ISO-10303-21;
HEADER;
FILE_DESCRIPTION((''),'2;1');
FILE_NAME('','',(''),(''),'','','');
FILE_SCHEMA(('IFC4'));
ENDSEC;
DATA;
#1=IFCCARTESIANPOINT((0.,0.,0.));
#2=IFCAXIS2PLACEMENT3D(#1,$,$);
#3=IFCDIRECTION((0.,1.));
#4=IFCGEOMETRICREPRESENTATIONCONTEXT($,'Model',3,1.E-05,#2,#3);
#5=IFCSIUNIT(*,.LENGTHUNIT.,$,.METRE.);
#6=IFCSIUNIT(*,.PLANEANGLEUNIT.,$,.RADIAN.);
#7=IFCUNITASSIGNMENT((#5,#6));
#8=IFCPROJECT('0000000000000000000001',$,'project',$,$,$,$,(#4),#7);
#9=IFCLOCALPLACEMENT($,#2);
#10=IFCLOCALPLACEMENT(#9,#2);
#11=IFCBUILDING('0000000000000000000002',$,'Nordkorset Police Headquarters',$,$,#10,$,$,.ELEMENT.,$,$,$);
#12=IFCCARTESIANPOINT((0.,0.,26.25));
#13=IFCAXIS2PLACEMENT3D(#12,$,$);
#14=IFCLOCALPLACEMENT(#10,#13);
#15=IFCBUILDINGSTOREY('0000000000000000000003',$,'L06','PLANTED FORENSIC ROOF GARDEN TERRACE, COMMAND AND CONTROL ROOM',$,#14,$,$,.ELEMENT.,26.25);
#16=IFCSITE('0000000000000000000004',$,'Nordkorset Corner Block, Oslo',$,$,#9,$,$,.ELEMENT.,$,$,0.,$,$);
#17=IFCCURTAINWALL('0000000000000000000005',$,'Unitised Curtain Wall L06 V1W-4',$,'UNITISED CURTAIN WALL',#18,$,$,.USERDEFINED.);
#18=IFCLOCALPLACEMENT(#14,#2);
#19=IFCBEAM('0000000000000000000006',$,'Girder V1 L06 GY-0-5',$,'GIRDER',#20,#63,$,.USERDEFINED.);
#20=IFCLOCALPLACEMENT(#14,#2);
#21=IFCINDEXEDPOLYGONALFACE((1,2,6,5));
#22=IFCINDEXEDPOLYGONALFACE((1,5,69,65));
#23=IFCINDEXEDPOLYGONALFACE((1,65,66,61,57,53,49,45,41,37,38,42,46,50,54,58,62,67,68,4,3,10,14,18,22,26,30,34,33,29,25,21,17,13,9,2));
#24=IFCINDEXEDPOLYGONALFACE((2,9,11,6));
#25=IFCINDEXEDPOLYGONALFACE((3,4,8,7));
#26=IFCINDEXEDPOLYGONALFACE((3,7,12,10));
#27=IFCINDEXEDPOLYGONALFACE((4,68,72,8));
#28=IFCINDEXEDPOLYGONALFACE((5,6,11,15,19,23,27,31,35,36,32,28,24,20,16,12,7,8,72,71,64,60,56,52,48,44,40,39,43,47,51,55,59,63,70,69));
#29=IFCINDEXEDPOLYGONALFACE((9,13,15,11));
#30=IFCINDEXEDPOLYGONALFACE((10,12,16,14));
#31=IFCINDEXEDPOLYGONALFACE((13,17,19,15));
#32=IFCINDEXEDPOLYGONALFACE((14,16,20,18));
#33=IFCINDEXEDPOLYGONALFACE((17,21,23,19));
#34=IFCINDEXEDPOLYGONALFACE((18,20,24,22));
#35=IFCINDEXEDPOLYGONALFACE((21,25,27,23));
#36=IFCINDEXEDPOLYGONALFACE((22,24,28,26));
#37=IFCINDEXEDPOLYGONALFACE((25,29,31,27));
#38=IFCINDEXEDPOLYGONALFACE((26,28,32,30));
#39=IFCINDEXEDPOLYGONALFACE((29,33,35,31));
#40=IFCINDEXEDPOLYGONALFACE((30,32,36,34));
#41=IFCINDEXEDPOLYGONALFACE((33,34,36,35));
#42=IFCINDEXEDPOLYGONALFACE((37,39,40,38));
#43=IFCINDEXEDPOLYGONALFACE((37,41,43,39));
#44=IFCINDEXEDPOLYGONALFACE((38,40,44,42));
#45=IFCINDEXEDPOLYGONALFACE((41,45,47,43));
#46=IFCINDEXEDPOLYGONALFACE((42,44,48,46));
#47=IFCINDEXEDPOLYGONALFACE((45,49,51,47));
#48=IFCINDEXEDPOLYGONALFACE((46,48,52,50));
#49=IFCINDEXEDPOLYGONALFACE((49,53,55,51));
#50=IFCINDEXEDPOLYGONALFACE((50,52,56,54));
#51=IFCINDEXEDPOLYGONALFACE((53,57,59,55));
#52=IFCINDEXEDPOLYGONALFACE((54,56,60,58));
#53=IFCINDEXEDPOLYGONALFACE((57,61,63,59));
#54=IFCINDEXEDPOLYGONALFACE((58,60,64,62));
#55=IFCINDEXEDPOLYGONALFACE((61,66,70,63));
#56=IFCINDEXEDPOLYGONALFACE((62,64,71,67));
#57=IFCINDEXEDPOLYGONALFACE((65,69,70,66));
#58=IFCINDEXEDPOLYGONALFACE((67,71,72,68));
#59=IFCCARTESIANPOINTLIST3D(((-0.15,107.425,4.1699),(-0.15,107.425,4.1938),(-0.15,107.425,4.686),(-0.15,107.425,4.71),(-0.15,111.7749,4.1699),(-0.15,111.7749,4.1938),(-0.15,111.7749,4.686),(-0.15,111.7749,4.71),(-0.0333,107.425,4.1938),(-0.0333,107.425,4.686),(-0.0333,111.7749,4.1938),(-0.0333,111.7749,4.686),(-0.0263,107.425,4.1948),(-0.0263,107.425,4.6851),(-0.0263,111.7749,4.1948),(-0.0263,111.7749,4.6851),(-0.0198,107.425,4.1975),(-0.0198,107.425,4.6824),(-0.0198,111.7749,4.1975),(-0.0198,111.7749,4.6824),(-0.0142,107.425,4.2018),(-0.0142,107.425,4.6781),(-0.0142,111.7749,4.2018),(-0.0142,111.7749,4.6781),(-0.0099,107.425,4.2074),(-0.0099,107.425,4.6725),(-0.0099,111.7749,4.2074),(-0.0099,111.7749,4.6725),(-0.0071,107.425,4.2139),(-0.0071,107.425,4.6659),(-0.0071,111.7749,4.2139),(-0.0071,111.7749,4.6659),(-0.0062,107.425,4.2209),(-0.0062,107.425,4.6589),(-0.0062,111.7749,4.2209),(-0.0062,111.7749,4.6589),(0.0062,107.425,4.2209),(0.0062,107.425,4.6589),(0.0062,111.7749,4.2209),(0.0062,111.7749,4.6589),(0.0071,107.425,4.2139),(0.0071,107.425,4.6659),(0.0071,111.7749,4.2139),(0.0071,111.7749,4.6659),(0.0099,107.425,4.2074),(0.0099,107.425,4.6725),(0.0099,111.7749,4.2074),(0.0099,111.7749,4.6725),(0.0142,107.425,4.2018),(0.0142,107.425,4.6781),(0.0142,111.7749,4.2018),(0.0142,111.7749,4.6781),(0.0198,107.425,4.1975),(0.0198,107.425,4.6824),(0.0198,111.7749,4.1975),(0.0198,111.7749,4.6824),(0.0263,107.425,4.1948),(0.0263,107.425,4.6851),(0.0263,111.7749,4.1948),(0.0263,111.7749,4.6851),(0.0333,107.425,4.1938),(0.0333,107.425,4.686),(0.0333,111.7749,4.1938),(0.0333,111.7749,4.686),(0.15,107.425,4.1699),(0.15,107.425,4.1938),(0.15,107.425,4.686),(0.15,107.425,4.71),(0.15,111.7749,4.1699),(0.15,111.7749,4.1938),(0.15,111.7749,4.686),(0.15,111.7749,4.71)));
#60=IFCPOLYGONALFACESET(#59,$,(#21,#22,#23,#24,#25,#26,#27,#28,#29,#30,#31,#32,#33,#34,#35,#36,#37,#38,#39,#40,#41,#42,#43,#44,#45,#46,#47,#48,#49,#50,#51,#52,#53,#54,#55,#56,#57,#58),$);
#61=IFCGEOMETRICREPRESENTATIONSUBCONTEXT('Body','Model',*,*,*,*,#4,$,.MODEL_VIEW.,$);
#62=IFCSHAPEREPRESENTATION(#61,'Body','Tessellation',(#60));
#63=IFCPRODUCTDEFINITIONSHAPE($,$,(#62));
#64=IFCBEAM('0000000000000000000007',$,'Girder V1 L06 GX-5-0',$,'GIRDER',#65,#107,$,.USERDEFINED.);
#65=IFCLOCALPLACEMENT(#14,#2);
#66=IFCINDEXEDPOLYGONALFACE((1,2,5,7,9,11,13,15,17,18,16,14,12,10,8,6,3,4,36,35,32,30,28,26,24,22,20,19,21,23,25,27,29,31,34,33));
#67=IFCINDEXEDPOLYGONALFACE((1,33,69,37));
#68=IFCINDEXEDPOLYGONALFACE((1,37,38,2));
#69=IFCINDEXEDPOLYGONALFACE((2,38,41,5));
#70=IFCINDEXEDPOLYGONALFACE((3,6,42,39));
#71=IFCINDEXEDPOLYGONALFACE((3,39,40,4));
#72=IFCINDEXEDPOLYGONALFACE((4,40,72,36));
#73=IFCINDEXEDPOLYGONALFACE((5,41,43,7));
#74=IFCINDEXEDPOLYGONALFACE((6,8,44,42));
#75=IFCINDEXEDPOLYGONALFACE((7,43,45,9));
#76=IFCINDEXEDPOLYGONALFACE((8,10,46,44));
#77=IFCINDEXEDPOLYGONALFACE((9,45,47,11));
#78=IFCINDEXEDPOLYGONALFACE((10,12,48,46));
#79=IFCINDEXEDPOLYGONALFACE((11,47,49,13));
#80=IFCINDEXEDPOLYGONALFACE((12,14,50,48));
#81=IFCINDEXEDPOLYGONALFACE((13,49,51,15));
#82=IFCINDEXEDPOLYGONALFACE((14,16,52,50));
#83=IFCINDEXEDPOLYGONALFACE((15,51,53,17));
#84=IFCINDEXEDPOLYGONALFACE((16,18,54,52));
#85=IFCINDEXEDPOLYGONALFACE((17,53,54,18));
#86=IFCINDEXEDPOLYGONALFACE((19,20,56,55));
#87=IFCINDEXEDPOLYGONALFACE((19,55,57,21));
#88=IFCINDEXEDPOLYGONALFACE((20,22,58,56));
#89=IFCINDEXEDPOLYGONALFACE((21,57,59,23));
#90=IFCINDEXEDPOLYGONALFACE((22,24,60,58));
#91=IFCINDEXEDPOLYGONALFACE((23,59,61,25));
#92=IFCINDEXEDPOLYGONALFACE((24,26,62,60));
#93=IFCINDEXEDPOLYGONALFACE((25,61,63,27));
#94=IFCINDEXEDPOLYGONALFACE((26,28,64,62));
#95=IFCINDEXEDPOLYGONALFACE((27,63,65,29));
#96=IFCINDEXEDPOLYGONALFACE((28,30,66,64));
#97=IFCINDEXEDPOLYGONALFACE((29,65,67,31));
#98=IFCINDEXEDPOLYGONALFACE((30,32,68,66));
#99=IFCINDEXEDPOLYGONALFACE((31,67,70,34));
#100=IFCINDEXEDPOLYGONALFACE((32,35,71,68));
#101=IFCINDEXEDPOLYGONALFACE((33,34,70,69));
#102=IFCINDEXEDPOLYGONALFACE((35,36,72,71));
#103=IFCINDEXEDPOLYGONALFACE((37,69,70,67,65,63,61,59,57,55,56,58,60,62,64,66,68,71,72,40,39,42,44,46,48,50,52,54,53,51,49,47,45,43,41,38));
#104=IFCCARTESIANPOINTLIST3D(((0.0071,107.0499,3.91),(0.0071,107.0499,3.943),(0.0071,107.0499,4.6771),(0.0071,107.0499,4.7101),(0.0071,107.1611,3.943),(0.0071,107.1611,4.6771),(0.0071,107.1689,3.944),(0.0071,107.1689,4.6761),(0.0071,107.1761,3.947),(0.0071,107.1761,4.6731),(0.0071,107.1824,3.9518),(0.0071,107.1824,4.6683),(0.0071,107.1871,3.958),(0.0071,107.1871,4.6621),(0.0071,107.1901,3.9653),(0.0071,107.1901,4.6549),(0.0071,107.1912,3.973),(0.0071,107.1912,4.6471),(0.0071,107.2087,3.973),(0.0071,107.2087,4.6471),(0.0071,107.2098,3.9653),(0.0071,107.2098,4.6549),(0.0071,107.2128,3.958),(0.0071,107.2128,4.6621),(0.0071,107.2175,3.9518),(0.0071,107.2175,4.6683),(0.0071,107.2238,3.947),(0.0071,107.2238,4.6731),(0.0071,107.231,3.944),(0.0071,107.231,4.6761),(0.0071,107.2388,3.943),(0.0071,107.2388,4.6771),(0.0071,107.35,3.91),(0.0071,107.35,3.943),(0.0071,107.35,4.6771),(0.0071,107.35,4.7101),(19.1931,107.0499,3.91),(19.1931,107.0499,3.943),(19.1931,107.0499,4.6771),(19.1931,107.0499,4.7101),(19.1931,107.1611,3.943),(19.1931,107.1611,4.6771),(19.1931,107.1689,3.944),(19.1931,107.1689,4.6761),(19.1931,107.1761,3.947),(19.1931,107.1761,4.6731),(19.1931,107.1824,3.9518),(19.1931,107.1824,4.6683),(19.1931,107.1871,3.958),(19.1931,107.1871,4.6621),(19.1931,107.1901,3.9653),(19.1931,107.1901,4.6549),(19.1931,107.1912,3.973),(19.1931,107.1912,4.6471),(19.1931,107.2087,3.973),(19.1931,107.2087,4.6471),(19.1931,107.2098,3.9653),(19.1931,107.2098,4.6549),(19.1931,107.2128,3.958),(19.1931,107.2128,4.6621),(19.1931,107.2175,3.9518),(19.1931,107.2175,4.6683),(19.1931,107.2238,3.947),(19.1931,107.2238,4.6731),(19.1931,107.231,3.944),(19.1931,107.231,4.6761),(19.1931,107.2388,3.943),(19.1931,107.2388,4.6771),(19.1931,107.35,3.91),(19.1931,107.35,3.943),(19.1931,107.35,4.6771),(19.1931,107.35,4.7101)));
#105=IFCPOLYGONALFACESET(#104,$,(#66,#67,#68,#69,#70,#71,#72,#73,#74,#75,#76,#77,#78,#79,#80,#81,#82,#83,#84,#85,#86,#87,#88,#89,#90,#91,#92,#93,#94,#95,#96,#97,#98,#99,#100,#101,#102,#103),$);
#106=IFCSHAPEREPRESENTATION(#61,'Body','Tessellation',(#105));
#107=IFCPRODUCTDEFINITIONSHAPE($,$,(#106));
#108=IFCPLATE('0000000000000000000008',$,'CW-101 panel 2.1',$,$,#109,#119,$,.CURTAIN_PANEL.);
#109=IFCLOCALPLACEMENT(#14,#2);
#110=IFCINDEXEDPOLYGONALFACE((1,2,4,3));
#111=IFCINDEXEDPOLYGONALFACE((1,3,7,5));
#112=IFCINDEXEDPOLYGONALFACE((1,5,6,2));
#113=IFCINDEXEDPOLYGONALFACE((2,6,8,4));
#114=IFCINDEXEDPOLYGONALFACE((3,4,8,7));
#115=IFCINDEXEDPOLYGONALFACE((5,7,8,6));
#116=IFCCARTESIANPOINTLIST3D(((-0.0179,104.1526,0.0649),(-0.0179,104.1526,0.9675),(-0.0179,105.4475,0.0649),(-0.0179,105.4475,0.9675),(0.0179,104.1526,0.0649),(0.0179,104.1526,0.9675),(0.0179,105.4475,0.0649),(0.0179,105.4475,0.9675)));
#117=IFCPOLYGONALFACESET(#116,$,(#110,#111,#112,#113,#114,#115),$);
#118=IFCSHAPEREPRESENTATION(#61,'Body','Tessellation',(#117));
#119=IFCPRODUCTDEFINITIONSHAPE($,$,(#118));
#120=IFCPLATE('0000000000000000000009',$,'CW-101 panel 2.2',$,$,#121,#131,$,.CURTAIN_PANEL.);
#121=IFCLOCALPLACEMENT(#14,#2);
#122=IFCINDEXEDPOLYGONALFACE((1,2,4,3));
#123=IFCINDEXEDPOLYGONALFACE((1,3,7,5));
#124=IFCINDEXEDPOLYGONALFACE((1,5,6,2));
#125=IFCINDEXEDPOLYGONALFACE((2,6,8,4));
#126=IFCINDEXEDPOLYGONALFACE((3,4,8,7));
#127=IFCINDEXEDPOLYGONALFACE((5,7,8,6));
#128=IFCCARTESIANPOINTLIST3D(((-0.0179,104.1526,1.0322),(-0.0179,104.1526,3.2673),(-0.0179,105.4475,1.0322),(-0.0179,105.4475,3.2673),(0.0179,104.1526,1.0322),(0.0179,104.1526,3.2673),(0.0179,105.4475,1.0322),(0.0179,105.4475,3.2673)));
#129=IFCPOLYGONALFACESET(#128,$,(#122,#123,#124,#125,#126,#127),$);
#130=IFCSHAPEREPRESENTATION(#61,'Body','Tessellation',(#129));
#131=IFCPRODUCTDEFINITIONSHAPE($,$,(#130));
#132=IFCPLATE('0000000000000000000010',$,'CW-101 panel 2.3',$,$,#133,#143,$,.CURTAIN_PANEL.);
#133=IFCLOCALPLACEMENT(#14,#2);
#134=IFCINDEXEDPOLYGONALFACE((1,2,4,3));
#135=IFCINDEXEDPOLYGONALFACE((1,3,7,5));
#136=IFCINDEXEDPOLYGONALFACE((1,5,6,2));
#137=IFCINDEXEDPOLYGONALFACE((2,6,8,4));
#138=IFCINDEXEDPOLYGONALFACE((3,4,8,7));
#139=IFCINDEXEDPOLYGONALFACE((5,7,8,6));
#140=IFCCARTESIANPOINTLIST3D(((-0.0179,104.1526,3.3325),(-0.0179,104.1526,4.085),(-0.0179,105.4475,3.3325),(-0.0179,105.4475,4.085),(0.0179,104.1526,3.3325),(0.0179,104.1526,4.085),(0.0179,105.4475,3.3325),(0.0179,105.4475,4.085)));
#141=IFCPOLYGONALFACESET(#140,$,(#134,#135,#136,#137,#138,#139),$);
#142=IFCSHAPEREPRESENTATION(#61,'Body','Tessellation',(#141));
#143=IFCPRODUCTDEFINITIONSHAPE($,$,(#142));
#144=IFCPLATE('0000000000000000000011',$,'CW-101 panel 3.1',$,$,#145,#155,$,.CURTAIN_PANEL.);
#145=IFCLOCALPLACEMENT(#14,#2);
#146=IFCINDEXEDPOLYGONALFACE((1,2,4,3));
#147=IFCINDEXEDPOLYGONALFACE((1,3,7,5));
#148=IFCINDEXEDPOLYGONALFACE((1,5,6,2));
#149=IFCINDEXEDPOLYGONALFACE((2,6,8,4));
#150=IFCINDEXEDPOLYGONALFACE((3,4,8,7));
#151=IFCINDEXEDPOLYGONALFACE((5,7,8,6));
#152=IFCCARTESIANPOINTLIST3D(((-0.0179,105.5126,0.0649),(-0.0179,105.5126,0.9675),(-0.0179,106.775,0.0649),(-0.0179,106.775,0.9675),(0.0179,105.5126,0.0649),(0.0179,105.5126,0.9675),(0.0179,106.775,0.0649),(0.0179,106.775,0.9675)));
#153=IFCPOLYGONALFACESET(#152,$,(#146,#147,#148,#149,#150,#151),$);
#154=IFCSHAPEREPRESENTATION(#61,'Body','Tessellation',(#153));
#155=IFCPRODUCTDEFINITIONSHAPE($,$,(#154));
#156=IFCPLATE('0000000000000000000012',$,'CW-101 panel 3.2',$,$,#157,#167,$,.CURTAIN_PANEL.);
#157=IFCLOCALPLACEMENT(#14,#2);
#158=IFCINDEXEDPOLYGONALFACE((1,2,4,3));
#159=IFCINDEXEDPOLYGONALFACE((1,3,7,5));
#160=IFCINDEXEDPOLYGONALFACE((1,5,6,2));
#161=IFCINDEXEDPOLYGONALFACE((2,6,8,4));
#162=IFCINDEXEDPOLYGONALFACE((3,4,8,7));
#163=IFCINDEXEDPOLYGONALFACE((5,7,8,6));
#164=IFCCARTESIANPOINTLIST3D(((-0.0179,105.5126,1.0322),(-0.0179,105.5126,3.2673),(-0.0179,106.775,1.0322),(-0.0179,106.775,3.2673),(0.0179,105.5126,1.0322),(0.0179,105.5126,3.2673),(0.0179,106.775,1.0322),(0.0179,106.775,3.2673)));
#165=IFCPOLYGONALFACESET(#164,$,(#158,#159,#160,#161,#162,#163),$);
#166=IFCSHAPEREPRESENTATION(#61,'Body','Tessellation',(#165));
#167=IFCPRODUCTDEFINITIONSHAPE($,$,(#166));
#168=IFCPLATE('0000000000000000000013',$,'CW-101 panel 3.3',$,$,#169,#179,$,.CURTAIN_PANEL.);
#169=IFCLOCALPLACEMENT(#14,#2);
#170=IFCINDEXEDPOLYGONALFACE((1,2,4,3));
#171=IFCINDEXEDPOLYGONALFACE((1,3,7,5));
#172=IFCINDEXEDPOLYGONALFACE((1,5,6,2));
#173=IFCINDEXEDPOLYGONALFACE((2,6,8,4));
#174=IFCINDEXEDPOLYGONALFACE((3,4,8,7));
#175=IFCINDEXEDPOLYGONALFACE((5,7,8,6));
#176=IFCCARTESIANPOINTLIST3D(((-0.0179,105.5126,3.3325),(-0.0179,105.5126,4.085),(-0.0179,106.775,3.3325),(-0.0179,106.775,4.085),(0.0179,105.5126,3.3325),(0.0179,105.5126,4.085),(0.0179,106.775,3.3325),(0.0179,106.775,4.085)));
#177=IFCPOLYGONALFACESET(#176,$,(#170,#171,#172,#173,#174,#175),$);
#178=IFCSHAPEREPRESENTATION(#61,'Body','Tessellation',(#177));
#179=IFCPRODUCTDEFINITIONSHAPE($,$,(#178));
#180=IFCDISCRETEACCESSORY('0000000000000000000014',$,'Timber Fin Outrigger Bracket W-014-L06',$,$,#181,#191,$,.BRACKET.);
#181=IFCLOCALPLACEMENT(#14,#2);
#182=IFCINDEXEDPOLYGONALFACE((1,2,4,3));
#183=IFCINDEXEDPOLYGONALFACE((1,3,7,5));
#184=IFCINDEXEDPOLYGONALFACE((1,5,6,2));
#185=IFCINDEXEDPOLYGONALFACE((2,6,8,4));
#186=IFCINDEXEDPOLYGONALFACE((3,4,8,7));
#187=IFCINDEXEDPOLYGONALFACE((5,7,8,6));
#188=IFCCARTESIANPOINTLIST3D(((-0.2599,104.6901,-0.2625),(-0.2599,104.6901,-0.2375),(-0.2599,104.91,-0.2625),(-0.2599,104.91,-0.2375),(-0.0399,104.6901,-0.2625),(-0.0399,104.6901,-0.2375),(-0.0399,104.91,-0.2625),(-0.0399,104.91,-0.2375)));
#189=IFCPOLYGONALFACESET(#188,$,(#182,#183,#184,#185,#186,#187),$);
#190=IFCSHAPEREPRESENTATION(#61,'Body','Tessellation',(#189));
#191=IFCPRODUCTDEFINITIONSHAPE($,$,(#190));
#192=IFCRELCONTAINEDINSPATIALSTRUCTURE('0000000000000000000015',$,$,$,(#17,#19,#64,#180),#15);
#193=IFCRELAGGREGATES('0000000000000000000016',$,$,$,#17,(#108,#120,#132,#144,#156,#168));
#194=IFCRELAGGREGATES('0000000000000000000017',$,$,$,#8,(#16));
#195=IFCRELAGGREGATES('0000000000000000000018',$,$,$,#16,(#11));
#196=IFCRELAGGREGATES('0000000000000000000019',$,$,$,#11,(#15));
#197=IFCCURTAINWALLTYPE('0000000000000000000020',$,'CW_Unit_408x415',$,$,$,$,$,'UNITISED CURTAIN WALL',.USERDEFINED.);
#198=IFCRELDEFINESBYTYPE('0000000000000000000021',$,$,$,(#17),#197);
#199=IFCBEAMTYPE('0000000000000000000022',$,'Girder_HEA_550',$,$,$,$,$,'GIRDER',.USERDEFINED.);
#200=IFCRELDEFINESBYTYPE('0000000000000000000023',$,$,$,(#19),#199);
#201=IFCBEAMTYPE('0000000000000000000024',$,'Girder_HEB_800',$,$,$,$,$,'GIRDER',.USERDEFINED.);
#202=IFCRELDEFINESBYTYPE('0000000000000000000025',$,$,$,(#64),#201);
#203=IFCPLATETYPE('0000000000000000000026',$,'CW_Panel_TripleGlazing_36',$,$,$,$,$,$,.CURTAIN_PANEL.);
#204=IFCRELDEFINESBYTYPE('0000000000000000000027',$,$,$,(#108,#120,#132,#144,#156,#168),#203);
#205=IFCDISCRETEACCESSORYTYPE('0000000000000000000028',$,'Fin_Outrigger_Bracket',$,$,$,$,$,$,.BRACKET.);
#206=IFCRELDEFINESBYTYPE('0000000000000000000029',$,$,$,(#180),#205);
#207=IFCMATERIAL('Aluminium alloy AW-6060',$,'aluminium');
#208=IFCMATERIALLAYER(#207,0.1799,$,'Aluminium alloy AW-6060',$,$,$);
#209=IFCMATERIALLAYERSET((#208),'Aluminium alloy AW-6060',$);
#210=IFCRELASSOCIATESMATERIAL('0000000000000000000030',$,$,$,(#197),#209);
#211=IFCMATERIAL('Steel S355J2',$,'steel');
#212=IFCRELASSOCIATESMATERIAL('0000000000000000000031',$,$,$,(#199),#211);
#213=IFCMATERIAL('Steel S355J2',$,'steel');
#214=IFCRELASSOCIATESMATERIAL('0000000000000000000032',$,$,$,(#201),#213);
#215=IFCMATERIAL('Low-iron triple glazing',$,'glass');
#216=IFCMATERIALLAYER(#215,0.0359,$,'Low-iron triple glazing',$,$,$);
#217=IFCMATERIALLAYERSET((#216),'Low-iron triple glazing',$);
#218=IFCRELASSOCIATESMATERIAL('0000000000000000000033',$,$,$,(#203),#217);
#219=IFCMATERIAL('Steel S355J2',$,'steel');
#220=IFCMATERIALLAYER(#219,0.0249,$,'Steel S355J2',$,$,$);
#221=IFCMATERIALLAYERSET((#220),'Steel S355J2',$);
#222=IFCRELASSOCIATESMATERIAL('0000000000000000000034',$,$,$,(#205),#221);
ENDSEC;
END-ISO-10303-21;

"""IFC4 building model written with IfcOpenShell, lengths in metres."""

from ifc_helpers import new_model, si_unit, direction, frame, origin, origin_2d, place, context, subcontext, project, spatial, rectangle, i_section, extrude, material, layer, layer_set, material_profile, profile_set, type_object, element, aggregate, save


model = new_model("IFC4")

# Units and contexts
model_context = context("Model", 3, precision=1e-05, world=origin(), true_north=direction((0.0, 1.0)))
body_context = subcontext(model_context, "Body", "Model", "MODEL_VIEW")
ifc_project = project(units=[si_unit("LENGTHUNIT", "METRE"), si_unit("PLANEANGLEUNIT", "RADIAN")], contexts=[model_context])

# Site, building, storey
site_placement = place(None, origin())
site = spatial("IfcSite", under=ifc_project, at=site_placement, Name="Nordkorset Corner Block, Oslo", CompositionType="ELEMENT", RefElevation=0.0)
building_placement = place(site_placement, origin())
building = spatial("IfcBuilding", under=site, at=building_placement, Name="Nordkorset Police Headquarters", CompositionType="ELEMENT")
storey_placement = place(building_placement, frame((0.0, 0.0, 26.25)))
storey = spatial("IfcBuildingStorey", under=building, at=storey_placement, Name="L06", Description="PLANTED FORENSIC ROOF GARDEN TERRACE, COMMAND AND CONTROL ROOM", CompositionType="ELEMENT", Elevation=26.25)

# Curtain wall
ifc_material_1 = material(Name="Aluminium alloy AW-6060", Category="aluminium")
ifc_layer_1 = layer(ifc_material_1, 0.1799, Name="Aluminium alloy AW-6060")
ifc_layer_set_1 = layer_set([ifc_layer_1], Name="Aluminium alloy AW-6060")
curtain_wall_type = type_object("IfcCurtainWallType", Name="CW_Unit_408x415", ElementType="UNITISED CURTAIN WALL", PredefinedType="USERDEFINED", material=ifc_layer_set_1)
curtain_wall_1_placement = place(storey_placement, origin())
curtain_wall_1 = element("IfcCurtainWall", 1, at=curtain_wall_1_placement, inside=storey, type_object=curtain_wall_type, Name="Unitised Curtain Wall L06 V1W-4", ObjectType="UNITISED CURTAIN WALL", PredefinedType="USERDEFINED")

# Beams
ifc_material_2 = material(Name="Steel S355J2", Category="steel")
ifc_material_profile_1 = material_profile(ifc_material_2, i_section(OverallWidth=0.3, OverallDepth=0.54, WebThickness=0.0125, FlangeThickness=0.0239, FilletRadius=0.0271, at=origin_2d()), Name="HEA 550")
ifc_profile_set_1 = profile_set([ifc_material_profile_1], Name="Steel S355J2")
beam_type_1 = type_object("IfcBeamType", Name="Girder_HEA_550", ElementType="GIRDER", PredefinedType="USERDEFINED", material=ifc_profile_set_1)
beam_1_placement = place(storey_placement, frame((0.0, 107.425, 4.4399), z_axis=(0.0, 1.0, 0.0), x_axis=(-1.0, 0.0, 0.0)))
element("IfcBeam", 2, at=beam_1_placement, inside=storey, type_object=beam_type_1, Name="Girder V1 L06 GY-0-5", ObjectType="GIRDER", PredefinedType="USERDEFINED", context=body_context, shape_type="SweptSolid", body=[
    extrude(i_section(OverallWidth=0.3, OverallDepth=0.54, WebThickness=0.0125, FlangeThickness=0.0239, FilletRadius=0.0271, at=origin_2d()), origin(), (0.0, 0.0, 1.0), 4.3499),
])
ifc_material_3 = material(Name="Steel S355J2", Category="steel")
ifc_material_profile_2 = material_profile(ifc_material_3, i_section(OverallWidth=0.3, OverallDepth=0.8, WebThickness=0.0176, FlangeThickness=0.033, FilletRadius=0.03, at=origin_2d()), Name="HEB 800")
ifc_profile_set_2 = profile_set([ifc_material_profile_2], Name="Steel S355J2")
beam_type_2 = type_object("IfcBeamType", Name="Girder_HEB_800", ElementType="GIRDER", PredefinedType="USERDEFINED", material=ifc_profile_set_2)
beam_2_placement = place(storey_placement, frame((0.0071, 107.2, 4.3101), z_axis=(1.0, 0.0, 0.0), x_axis=(0.0, 1.0, 0.0)))
element("IfcBeam", 3, at=beam_2_placement, inside=storey, type_object=beam_type_2, Name="Girder V1 L06 GX-5-0", ObjectType="GIRDER", PredefinedType="USERDEFINED", context=body_context, shape_type="SweptSolid", body=[
    extrude(i_section(OverallWidth=0.3, OverallDepth=0.8, WebThickness=0.0176, FlangeThickness=0.033, FilletRadius=0.03, at=origin_2d()), origin(), (0.0, 0.0, 1.0), 19.186),
])

# Plates
ifc_material_4 = material(Name="Low-iron triple glazing", Category="glass")
ifc_layer_2 = layer(ifc_material_4, 0.0359, Name="Low-iron triple glazing")
ifc_layer_set_2 = layer_set([ifc_layer_2], Name="Low-iron triple glazing")
plate_type = type_object("IfcPlateType", Name="CW_Panel_TripleGlazing_36", PredefinedType="CURTAIN_PANEL", material=ifc_layer_set_2)
plate_1_placement = place(storey_placement, frame((0.0, 104.8, 0.0649), z_axis=(0.0, 0.0, 1.0), x_axis=(0.0, 1.0, 0.0)))
plate_1 = element("IfcPlate", 4, at=plate_1_placement, type_object=plate_type, Name="CW-101 panel 2.1", PredefinedType="CURTAIN_PANEL", context=body_context, shape_type="SweptSolid", body=[
    extrude(rectangle(XDim=1.2949, YDim=0.0359, at=origin_2d()), origin(), (0.0, 0.0, 1.0), 0.9026),
])
plate_2_placement = place(storey_placement, frame((0.0, 104.8, 1.0322), z_axis=(0.0, 0.0, 1.0), x_axis=(0.0, 1.0, 0.0)))
plate_2 = element("IfcPlate", 5, at=plate_2_placement, type_object=plate_type, Name="CW-101 panel 2.2", PredefinedType="CURTAIN_PANEL", context=body_context, shape_type="SweptSolid", body=[
    extrude(rectangle(XDim=1.2949, YDim=0.0359, at=origin_2d()), origin(), (0.0, 0.0, 1.0), 2.2351),
])
plate_3_placement = place(storey_placement, frame((0.0, 104.8, 3.3325), z_axis=(0.0, 0.0, 1.0), x_axis=(0.0, 1.0, 0.0)))
plate_3 = element("IfcPlate", 6, at=plate_3_placement, type_object=plate_type, Name="CW-101 panel 2.3", PredefinedType="CURTAIN_PANEL", context=body_context, shape_type="SweptSolid", body=[
    extrude(rectangle(XDim=1.2949, YDim=0.0359, at=origin_2d()), origin(), (0.0, 0.0, 1.0), 0.7524),
])
plate_4_placement = place(storey_placement, frame((0.0, 106.1438, 0.0649), z_axis=(0.0, 0.0, 1.0), x_axis=(0.0, 1.0, 0.0)))
plate_4 = element("IfcPlate", 7, at=plate_4_placement, type_object=plate_type, Name="CW-101 panel 3.1", PredefinedType="CURTAIN_PANEL", context=body_context, shape_type="SweptSolid", body=[
    extrude(rectangle(XDim=1.2625, YDim=0.0359, at=origin_2d()), origin(), (0.0, 0.0, 1.0), 0.9026),
])
plate_5_placement = place(storey_placement, frame((0.0, 106.1438, 1.0322), z_axis=(0.0, 0.0, 1.0), x_axis=(0.0, 1.0, 0.0)))
plate_5 = element("IfcPlate", 8, at=plate_5_placement, type_object=plate_type, Name="CW-101 panel 3.2", PredefinedType="CURTAIN_PANEL", context=body_context, shape_type="SweptSolid", body=[
    extrude(rectangle(XDim=1.2625, YDim=0.0359, at=origin_2d()), origin(), (0.0, 0.0, 1.0), 2.2351),
])
plate_6_placement = place(storey_placement, frame((0.0, 106.1438, 3.3325), z_axis=(0.0, 0.0, 1.0), x_axis=(0.0, 1.0, 0.0)))
plate_6 = element("IfcPlate", 9, at=plate_6_placement, type_object=plate_type, Name="CW-101 panel 3.3", PredefinedType="CURTAIN_PANEL", context=body_context, shape_type="SweptSolid", body=[
    extrude(rectangle(XDim=1.2625, YDim=0.0359, at=origin_2d()), origin(), (0.0, 0.0, 1.0), 0.7524),
])
aggregate(curtain_wall_1, [plate_1, plate_2, plate_3, plate_4, plate_5, plate_6])

# Discrete accessory
ifc_material_5 = material(Name="Steel S355J2", Category="steel")
ifc_layer_3 = layer(ifc_material_5, 0.0249, Name="Steel S355J2")
ifc_layer_set_3 = layer_set([ifc_layer_3], Name="Steel S355J2")
discrete_accessory_type = type_object("IfcDiscreteAccessoryType", Name="Fin_Outrigger_Bracket", PredefinedType="BRACKET", material=ifc_layer_set_3)
for number, where, z_axis, x_axis, name in (
    (10, (-0.1499, 104.8, -0.2625), (0.0, 0.0, 1.0), (1.0, 0.0, 0.0), "Timber Fin Outrigger Bracket W-014-L06"),
):
    element("IfcDiscreteAccessory", number, at=place(storey_placement, frame(where, z_axis=z_axis, x_axis=x_axis)), inside=storey, type_object=discrete_accessory_type, Name=name, PredefinedType="BRACKET", context=body_context, shape_type="SweptSolid", body=[
        extrude(rectangle(XDim=0.22, YDim=0.22, at=origin_2d()), origin(), (0.0, 0.0, 1.0), 0.0249),
    ])

save(model, "model.ifc")
